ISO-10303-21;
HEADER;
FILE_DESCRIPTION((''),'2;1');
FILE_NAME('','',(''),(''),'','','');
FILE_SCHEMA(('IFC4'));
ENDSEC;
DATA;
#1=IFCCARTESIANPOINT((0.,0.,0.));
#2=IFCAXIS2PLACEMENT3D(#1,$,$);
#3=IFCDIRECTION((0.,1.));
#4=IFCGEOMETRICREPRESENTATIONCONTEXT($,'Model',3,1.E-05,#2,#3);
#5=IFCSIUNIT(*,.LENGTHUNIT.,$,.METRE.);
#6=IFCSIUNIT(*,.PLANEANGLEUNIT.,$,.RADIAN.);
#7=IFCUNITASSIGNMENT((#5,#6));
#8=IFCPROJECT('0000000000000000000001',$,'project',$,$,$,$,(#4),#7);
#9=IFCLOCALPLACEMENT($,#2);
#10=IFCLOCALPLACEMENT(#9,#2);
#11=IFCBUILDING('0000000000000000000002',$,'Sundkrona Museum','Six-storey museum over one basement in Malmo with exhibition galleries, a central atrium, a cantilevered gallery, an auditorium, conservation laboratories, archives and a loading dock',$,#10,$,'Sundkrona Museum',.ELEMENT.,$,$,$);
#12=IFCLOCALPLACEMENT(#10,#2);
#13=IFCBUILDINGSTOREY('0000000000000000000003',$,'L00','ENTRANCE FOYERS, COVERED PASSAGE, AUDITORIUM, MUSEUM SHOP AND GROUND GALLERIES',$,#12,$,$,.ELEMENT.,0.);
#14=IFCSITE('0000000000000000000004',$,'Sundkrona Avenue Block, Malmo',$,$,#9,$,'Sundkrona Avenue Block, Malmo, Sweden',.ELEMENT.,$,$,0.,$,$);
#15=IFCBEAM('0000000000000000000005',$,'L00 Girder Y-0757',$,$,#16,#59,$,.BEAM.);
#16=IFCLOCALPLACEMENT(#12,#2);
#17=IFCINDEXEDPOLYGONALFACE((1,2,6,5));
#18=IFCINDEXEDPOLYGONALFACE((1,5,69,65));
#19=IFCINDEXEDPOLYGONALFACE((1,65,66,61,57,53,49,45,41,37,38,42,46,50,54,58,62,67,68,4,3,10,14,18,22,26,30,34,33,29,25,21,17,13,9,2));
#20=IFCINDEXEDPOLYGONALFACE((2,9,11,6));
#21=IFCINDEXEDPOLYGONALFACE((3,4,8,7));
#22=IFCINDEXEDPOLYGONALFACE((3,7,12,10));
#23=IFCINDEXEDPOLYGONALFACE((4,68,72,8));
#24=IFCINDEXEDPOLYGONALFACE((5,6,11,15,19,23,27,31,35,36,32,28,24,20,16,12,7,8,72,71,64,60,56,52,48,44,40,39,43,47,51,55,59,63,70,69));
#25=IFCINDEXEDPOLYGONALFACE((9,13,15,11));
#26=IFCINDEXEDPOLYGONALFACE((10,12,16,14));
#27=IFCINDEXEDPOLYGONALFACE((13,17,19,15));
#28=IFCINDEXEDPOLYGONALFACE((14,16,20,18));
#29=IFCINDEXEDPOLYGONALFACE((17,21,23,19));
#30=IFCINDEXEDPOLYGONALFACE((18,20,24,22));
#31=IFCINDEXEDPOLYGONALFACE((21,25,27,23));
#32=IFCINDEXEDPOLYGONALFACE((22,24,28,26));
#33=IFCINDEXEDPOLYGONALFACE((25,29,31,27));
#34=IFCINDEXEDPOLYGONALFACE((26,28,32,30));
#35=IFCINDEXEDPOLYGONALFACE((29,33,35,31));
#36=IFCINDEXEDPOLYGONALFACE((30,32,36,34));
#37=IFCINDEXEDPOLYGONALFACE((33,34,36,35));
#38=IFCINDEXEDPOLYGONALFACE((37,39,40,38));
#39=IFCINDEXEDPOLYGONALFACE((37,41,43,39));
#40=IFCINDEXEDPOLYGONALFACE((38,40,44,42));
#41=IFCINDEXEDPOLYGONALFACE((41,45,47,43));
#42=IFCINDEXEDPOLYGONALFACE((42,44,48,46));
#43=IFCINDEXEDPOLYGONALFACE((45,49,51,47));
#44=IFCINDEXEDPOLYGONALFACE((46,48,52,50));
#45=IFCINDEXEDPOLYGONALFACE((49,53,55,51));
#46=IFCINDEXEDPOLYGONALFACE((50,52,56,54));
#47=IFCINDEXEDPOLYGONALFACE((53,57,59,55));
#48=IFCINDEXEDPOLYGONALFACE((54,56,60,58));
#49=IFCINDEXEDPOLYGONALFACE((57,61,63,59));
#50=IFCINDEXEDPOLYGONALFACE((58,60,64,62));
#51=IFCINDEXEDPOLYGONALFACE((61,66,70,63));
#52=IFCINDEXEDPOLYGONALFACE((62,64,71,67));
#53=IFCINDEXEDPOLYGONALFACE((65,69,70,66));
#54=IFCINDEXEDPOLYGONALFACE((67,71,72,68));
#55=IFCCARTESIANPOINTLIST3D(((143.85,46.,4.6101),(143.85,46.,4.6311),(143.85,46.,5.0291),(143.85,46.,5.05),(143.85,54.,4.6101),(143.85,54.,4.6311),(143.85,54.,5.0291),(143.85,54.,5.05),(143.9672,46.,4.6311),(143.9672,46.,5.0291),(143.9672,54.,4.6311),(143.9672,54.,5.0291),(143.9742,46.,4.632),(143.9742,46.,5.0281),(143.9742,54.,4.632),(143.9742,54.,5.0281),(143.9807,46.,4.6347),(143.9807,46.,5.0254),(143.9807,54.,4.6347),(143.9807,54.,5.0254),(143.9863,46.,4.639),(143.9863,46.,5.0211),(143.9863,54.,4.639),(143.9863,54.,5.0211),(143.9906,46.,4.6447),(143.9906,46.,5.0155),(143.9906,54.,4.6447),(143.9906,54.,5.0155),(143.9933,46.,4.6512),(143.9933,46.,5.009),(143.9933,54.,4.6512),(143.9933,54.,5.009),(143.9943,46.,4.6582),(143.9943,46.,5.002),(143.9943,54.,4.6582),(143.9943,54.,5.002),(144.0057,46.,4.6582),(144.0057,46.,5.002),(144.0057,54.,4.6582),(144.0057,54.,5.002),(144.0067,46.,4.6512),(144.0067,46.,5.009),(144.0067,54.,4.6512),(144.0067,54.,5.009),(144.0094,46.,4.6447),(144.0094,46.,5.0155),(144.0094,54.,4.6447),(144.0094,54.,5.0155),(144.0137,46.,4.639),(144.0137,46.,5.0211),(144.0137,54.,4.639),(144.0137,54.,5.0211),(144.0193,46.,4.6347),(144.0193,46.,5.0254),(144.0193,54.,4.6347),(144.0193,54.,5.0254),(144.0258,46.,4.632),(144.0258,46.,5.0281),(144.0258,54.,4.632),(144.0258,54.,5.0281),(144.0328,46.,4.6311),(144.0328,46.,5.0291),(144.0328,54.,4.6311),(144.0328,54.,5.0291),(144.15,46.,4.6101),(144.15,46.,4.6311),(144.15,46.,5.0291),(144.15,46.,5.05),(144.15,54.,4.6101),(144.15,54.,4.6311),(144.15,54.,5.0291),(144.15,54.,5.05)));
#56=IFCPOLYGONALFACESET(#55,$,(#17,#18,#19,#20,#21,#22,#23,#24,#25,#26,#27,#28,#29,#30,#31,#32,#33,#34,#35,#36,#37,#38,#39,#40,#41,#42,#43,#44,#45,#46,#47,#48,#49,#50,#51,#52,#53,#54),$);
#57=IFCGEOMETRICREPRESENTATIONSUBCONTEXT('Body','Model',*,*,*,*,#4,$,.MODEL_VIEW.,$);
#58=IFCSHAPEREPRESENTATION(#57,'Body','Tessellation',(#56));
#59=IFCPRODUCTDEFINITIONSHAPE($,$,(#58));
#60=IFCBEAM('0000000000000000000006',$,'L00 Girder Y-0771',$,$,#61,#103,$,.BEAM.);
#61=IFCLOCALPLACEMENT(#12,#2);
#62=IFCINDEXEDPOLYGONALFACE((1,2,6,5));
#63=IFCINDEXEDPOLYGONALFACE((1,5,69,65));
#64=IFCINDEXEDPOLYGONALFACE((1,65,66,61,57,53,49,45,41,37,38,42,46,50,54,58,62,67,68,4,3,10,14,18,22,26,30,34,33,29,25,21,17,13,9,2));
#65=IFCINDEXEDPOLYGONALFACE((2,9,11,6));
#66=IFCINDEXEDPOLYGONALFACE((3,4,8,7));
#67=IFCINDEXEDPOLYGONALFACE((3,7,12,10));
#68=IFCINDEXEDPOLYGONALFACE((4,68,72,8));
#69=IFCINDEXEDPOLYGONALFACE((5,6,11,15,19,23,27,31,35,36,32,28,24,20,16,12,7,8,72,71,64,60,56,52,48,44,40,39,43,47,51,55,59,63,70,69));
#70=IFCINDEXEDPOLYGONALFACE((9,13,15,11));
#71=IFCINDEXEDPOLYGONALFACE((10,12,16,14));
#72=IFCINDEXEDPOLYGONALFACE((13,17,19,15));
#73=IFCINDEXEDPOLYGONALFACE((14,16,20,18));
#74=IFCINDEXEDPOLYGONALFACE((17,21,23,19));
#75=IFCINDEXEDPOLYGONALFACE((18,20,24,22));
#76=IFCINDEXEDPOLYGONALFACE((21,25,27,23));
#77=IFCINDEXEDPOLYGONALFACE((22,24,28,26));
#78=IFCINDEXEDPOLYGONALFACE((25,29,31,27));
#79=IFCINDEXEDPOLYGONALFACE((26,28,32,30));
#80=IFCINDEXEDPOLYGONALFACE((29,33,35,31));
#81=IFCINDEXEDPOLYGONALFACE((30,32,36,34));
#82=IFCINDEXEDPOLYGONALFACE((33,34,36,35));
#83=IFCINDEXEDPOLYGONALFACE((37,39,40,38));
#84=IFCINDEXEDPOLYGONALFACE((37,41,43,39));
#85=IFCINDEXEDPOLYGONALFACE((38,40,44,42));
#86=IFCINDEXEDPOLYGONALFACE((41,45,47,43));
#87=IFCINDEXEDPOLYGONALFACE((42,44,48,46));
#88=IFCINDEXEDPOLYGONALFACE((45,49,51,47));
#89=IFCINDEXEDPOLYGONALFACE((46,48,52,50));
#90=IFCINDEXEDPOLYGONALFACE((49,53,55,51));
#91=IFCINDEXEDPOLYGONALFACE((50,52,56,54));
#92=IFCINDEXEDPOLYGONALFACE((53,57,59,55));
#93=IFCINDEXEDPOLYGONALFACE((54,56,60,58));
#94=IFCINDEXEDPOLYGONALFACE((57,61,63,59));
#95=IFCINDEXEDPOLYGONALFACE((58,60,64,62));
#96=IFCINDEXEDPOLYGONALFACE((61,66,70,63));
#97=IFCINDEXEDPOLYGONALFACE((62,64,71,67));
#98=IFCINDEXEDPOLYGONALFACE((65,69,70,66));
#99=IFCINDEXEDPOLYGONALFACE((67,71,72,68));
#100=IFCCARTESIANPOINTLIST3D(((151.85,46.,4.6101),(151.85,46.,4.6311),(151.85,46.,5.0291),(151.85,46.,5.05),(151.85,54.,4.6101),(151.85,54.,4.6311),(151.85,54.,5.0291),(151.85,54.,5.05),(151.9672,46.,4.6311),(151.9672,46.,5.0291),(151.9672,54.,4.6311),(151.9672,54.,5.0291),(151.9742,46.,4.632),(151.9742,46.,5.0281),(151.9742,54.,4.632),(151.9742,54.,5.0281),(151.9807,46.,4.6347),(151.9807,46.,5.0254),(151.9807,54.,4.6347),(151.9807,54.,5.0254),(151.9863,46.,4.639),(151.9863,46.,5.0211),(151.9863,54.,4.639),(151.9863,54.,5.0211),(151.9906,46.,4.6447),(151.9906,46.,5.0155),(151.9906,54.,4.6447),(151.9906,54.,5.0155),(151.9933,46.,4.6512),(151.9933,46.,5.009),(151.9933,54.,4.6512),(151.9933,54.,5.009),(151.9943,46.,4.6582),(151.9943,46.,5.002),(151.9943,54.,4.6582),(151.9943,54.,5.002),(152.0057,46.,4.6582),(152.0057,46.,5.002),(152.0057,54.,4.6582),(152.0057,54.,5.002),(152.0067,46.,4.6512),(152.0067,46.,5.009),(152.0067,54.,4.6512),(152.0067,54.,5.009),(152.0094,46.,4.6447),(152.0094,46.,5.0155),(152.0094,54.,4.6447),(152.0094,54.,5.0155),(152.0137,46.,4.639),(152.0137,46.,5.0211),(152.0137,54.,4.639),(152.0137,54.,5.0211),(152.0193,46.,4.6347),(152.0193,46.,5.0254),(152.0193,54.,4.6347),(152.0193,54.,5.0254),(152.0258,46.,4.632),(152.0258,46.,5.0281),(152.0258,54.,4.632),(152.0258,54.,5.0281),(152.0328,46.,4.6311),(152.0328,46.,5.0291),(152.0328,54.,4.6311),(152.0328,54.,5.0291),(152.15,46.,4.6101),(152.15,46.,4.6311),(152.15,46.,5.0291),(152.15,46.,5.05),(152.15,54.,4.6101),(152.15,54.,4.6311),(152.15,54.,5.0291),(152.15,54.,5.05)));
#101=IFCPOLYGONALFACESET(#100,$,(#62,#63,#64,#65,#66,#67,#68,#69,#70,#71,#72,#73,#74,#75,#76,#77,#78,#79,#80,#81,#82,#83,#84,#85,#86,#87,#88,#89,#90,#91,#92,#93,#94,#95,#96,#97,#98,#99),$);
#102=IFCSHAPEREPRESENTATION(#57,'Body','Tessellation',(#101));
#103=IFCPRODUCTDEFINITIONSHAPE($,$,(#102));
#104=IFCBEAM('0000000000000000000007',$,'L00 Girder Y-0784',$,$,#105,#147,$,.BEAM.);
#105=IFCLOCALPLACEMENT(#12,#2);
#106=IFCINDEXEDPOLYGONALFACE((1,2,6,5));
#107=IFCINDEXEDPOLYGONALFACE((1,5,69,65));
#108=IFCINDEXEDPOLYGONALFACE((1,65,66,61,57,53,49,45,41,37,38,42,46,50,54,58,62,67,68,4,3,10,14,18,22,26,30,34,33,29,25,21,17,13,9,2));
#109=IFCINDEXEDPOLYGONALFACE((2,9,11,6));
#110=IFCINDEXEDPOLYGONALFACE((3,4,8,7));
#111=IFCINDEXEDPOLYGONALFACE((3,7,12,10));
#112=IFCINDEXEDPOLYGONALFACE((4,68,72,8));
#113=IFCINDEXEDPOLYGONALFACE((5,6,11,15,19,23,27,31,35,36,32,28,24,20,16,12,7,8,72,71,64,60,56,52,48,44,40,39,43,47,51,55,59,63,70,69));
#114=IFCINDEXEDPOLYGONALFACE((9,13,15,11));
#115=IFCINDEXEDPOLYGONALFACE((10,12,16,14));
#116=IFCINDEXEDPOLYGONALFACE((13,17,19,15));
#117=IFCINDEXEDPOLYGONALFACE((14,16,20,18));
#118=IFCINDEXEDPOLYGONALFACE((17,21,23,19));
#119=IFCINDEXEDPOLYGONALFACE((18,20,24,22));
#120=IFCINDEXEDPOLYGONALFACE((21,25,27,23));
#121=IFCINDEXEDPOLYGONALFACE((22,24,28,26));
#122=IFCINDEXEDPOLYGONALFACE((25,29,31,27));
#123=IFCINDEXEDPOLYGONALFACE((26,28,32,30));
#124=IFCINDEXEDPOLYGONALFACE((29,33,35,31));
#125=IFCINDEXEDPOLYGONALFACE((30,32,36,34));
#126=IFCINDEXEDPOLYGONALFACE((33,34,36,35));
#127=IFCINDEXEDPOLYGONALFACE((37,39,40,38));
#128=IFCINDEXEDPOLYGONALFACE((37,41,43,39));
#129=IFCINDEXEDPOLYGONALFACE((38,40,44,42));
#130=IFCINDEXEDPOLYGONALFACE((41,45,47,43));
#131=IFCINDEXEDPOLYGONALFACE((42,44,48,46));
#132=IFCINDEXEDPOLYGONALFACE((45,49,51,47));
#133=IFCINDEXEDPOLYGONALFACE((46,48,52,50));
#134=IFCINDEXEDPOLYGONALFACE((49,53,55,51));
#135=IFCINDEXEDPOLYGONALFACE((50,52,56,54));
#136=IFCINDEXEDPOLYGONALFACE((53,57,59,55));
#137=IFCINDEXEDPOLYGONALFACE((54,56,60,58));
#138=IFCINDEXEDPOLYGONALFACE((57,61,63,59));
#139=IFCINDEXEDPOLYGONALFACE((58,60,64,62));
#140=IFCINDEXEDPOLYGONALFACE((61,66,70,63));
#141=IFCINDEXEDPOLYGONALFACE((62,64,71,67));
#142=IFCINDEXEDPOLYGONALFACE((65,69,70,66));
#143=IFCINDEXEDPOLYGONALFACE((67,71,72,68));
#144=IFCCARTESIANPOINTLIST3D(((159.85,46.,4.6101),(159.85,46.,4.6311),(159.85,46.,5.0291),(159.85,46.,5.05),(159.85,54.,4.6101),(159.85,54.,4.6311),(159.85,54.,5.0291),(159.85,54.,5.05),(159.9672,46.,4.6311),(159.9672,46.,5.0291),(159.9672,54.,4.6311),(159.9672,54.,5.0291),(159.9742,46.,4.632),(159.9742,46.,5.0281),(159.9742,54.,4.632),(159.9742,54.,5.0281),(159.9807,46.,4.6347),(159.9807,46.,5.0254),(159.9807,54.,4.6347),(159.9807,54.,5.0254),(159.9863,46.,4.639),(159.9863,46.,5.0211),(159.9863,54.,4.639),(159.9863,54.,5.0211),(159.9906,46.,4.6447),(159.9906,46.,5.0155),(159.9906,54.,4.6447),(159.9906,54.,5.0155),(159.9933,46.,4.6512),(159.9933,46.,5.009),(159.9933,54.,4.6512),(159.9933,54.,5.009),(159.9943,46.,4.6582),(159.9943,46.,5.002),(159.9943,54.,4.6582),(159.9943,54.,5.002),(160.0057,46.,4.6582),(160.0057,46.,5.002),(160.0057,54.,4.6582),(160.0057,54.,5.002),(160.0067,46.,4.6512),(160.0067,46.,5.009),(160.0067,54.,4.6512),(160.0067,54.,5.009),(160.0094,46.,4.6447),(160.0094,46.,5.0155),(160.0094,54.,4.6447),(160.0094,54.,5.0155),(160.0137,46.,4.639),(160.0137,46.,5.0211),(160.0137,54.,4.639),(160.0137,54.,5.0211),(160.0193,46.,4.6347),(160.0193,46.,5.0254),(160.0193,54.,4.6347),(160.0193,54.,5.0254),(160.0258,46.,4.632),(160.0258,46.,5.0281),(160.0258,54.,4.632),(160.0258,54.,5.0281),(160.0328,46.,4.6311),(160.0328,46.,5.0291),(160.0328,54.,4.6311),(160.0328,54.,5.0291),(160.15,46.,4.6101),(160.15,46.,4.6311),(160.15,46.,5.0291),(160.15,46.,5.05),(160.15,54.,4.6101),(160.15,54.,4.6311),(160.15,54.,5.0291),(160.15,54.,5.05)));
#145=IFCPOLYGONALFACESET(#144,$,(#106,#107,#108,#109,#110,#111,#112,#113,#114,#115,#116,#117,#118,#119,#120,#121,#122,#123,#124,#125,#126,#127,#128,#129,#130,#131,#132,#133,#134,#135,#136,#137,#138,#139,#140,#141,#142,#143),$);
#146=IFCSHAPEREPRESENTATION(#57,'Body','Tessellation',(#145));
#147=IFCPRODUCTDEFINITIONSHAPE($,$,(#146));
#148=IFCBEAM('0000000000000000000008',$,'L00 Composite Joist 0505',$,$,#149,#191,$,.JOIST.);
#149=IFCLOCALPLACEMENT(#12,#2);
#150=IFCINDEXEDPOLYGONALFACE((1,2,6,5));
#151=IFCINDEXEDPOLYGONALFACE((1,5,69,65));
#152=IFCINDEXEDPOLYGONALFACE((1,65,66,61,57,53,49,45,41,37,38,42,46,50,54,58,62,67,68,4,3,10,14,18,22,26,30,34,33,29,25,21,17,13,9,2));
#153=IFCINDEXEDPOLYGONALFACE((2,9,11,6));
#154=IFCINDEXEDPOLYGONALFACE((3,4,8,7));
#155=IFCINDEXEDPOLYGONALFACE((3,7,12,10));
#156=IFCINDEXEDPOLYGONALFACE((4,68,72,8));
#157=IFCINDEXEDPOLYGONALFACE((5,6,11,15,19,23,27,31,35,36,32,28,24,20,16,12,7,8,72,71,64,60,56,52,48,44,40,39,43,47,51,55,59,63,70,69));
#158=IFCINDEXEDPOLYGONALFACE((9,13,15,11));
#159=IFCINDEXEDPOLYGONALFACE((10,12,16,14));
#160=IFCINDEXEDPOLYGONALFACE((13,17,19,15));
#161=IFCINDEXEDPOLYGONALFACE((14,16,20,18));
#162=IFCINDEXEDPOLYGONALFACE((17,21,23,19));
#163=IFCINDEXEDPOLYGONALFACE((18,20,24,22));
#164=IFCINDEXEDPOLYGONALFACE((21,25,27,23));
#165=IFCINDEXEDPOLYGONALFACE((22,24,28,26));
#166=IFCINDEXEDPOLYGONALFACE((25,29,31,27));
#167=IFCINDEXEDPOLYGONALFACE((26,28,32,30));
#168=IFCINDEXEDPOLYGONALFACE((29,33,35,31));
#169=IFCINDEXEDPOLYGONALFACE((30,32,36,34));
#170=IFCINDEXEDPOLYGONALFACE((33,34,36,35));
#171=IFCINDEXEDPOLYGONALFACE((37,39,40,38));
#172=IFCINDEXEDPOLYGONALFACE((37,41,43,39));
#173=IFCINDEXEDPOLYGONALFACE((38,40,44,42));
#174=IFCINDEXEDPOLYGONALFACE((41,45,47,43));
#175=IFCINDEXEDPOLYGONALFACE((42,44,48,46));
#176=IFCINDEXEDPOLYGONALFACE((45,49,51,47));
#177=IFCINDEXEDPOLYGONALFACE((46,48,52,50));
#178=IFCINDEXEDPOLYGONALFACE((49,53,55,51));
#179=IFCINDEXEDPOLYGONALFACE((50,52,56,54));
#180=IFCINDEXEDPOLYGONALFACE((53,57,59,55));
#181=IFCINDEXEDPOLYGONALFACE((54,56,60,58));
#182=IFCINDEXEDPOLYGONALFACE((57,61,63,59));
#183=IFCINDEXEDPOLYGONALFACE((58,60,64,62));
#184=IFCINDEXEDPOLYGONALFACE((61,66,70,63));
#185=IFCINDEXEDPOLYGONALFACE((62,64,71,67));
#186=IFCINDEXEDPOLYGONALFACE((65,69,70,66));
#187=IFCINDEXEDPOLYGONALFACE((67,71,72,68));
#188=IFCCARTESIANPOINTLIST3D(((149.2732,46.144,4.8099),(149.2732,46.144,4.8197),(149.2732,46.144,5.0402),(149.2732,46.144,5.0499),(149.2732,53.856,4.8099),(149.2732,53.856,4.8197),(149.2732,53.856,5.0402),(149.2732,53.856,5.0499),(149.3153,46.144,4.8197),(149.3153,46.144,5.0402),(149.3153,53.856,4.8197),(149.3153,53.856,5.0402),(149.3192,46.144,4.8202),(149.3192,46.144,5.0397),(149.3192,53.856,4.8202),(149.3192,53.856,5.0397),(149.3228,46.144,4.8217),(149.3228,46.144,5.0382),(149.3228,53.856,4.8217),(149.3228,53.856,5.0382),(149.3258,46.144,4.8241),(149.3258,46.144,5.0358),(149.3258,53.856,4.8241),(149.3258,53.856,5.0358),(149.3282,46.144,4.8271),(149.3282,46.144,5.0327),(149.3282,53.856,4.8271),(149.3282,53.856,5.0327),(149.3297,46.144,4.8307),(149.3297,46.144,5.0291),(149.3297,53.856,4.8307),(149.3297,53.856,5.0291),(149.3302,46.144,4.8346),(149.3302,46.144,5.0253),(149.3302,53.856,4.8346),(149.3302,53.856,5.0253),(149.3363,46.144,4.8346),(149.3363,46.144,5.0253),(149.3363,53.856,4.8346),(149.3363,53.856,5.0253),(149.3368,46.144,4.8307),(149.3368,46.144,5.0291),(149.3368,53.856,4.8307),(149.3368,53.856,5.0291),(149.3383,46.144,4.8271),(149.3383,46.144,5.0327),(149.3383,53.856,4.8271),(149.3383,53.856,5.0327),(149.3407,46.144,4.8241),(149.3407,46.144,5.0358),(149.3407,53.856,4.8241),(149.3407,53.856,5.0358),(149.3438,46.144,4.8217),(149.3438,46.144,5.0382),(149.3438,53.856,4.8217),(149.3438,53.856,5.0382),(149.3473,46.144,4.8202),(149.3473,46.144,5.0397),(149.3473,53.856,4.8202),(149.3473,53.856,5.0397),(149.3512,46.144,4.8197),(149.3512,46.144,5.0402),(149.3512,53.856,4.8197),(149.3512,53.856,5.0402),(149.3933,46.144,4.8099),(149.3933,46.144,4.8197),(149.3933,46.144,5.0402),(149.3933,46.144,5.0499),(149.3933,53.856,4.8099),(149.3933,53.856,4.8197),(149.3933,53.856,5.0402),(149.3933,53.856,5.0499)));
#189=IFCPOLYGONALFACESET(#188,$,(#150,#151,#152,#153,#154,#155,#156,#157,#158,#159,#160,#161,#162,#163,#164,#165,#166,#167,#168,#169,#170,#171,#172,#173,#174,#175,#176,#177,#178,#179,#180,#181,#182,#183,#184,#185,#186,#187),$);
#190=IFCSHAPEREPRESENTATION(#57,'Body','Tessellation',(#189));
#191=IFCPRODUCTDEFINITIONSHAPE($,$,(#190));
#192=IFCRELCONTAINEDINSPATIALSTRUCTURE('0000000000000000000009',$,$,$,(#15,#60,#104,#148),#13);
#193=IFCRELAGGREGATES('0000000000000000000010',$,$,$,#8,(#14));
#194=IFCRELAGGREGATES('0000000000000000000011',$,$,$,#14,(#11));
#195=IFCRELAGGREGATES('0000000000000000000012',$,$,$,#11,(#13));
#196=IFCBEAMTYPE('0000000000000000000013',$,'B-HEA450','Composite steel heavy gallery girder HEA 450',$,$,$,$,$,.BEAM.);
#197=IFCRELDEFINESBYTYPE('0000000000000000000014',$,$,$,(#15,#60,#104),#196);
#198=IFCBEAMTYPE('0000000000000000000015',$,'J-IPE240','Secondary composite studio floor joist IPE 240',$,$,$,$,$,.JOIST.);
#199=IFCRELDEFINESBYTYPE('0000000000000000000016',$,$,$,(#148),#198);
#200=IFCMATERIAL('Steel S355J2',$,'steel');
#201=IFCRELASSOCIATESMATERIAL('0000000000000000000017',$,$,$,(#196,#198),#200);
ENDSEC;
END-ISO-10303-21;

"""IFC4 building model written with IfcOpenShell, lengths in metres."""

from ifc_helpers import new_model, si_unit, direction, frame, origin, origin_2d, place, context, subcontext, project, spatial, i_section, extrude, material, material_profile, profile_set, type_object, element, save


model = new_model("IFC4")

# Units and contexts
model_context = context("Model", 3, precision=1e-05, world=origin(), true_north=direction((0.0, 1.0)))
body_context = subcontext(model_context, "Body", "Model", "MODEL_VIEW")
ifc_project = project(units=[si_unit("LENGTHUNIT", "METRE"), si_unit("PLANEANGLEUNIT", "RADIAN")], contexts=[model_context])

# Site, building, storey
site_placement = place(None, origin())
site = spatial("IfcSite", under=ifc_project, at=site_placement, Name="Sundkrona Avenue Block, Malmo", LongName="Sundkrona Avenue Block, Malmo, Sweden", CompositionType="ELEMENT", RefElevation=0.0)
building_placement = place(site_placement, origin())
building = spatial("IfcBuilding", under=site, at=building_placement, Name="Sundkrona Museum", Description="Six-storey museum over one basement in Malmo with exhibition galleries, a central atrium, a cantilevered gallery, an auditorium, conservation laboratories, archives and a loading dock", LongName="Sundkrona Museum", CompositionType="ELEMENT")
storey_placement = place(building_placement, origin())
storey = spatial("IfcBuildingStorey", under=building, at=storey_placement, Name="L00", Description="ENTRANCE FOYERS, COVERED PASSAGE, AUDITORIUM, MUSEUM SHOP AND GROUND GALLERIES", CompositionType="ELEMENT", Elevation=0.0)

# Shared definitions
ifc_material_1 = material(Name="Steel S355J2", Category="steel")

# Beams
ifc_material_profile_1 = material_profile(ifc_material_1, i_section(OverallWidth=0.3, OverallDepth=0.4399, WebThickness=0.0115, FlangeThickness=0.021, FilletRadius=0.0271, at=origin_2d()), Name="HEA 450")
ifc_profile_set_1 = profile_set([ifc_material_profile_1], Name="Steel S355J2")
beam_type_1 = type_object("IfcBeamType", Name="B-HEA450", Description="Composite steel heavy gallery girder HEA 450", PredefinedType="BEAM", material=ifc_profile_set_1)
for number, where, z_axis, x_axis, name in (
    (1, (144.0, 46.0, 4.8301), (0.0, 1.0, 0.0), (-1.0, 0.0, 0.0), "L00 Girder Y-0757"),
    (2, (152.0, 46.0, 4.8301), (0.0, 1.0, 0.0), (-1.0, 0.0, 0.0), "L00 Girder Y-0771"),
    (3, (160.0, 46.0, 4.8301), (0.0, 1.0, 0.0), (-1.0, 0.0, 0.0), "L00 Girder Y-0784"),
):
    element("IfcBeam", number, at=place(storey_placement, frame(where, z_axis=z_axis, x_axis=x_axis)), inside=storey, type_object=beam_type_1, Name=name, PredefinedType="BEAM", context=body_context, shape_type="SweptSolid", body=[
        extrude(i_section(OverallWidth=0.3, OverallDepth=0.4399, WebThickness=0.0115, FlangeThickness=0.021, FilletRadius=0.0271, at=origin_2d()), origin(), (0.0, 0.0, 1.0), 8.0),
    ])
ifc_material_profile_2 = material_profile(ifc_material_1, i_section(OverallWidth=0.1201, OverallDepth=0.24, WebThickness=0.0061, FlangeThickness=0.0098, FilletRadius=0.0149, at=origin_2d()), Name="IPE 240")
ifc_profile_set_2 = profile_set([ifc_material_profile_2], Name="Steel S355J2")
beam_type_2 = type_object("IfcBeamType", Name="J-IPE240", Description="Secondary composite studio floor joist IPE 240", PredefinedType="JOIST", material=ifc_profile_set_2)
beam_1_placement = place(storey_placement, frame((149.3333, 46.144, 4.9299), z_axis=(0.0, 1.0, 0.0), x_axis=(-1.0, 0.0, 0.0)))
element("IfcBeam", 4, at=beam_1_placement, inside=storey, type_object=beam_type_2, Name="L00 Composite Joist 0505", PredefinedType="JOIST", context=body_context, shape_type="SweptSolid", body=[
    extrude(i_section(OverallWidth=0.1201, OverallDepth=0.24, WebThickness=0.0061, FlangeThickness=0.0098, FilletRadius=0.0149, at=origin_2d()), origin(), (0.0, 0.0, 1.0), 7.7119),
])

save(model, "model.ifc")
